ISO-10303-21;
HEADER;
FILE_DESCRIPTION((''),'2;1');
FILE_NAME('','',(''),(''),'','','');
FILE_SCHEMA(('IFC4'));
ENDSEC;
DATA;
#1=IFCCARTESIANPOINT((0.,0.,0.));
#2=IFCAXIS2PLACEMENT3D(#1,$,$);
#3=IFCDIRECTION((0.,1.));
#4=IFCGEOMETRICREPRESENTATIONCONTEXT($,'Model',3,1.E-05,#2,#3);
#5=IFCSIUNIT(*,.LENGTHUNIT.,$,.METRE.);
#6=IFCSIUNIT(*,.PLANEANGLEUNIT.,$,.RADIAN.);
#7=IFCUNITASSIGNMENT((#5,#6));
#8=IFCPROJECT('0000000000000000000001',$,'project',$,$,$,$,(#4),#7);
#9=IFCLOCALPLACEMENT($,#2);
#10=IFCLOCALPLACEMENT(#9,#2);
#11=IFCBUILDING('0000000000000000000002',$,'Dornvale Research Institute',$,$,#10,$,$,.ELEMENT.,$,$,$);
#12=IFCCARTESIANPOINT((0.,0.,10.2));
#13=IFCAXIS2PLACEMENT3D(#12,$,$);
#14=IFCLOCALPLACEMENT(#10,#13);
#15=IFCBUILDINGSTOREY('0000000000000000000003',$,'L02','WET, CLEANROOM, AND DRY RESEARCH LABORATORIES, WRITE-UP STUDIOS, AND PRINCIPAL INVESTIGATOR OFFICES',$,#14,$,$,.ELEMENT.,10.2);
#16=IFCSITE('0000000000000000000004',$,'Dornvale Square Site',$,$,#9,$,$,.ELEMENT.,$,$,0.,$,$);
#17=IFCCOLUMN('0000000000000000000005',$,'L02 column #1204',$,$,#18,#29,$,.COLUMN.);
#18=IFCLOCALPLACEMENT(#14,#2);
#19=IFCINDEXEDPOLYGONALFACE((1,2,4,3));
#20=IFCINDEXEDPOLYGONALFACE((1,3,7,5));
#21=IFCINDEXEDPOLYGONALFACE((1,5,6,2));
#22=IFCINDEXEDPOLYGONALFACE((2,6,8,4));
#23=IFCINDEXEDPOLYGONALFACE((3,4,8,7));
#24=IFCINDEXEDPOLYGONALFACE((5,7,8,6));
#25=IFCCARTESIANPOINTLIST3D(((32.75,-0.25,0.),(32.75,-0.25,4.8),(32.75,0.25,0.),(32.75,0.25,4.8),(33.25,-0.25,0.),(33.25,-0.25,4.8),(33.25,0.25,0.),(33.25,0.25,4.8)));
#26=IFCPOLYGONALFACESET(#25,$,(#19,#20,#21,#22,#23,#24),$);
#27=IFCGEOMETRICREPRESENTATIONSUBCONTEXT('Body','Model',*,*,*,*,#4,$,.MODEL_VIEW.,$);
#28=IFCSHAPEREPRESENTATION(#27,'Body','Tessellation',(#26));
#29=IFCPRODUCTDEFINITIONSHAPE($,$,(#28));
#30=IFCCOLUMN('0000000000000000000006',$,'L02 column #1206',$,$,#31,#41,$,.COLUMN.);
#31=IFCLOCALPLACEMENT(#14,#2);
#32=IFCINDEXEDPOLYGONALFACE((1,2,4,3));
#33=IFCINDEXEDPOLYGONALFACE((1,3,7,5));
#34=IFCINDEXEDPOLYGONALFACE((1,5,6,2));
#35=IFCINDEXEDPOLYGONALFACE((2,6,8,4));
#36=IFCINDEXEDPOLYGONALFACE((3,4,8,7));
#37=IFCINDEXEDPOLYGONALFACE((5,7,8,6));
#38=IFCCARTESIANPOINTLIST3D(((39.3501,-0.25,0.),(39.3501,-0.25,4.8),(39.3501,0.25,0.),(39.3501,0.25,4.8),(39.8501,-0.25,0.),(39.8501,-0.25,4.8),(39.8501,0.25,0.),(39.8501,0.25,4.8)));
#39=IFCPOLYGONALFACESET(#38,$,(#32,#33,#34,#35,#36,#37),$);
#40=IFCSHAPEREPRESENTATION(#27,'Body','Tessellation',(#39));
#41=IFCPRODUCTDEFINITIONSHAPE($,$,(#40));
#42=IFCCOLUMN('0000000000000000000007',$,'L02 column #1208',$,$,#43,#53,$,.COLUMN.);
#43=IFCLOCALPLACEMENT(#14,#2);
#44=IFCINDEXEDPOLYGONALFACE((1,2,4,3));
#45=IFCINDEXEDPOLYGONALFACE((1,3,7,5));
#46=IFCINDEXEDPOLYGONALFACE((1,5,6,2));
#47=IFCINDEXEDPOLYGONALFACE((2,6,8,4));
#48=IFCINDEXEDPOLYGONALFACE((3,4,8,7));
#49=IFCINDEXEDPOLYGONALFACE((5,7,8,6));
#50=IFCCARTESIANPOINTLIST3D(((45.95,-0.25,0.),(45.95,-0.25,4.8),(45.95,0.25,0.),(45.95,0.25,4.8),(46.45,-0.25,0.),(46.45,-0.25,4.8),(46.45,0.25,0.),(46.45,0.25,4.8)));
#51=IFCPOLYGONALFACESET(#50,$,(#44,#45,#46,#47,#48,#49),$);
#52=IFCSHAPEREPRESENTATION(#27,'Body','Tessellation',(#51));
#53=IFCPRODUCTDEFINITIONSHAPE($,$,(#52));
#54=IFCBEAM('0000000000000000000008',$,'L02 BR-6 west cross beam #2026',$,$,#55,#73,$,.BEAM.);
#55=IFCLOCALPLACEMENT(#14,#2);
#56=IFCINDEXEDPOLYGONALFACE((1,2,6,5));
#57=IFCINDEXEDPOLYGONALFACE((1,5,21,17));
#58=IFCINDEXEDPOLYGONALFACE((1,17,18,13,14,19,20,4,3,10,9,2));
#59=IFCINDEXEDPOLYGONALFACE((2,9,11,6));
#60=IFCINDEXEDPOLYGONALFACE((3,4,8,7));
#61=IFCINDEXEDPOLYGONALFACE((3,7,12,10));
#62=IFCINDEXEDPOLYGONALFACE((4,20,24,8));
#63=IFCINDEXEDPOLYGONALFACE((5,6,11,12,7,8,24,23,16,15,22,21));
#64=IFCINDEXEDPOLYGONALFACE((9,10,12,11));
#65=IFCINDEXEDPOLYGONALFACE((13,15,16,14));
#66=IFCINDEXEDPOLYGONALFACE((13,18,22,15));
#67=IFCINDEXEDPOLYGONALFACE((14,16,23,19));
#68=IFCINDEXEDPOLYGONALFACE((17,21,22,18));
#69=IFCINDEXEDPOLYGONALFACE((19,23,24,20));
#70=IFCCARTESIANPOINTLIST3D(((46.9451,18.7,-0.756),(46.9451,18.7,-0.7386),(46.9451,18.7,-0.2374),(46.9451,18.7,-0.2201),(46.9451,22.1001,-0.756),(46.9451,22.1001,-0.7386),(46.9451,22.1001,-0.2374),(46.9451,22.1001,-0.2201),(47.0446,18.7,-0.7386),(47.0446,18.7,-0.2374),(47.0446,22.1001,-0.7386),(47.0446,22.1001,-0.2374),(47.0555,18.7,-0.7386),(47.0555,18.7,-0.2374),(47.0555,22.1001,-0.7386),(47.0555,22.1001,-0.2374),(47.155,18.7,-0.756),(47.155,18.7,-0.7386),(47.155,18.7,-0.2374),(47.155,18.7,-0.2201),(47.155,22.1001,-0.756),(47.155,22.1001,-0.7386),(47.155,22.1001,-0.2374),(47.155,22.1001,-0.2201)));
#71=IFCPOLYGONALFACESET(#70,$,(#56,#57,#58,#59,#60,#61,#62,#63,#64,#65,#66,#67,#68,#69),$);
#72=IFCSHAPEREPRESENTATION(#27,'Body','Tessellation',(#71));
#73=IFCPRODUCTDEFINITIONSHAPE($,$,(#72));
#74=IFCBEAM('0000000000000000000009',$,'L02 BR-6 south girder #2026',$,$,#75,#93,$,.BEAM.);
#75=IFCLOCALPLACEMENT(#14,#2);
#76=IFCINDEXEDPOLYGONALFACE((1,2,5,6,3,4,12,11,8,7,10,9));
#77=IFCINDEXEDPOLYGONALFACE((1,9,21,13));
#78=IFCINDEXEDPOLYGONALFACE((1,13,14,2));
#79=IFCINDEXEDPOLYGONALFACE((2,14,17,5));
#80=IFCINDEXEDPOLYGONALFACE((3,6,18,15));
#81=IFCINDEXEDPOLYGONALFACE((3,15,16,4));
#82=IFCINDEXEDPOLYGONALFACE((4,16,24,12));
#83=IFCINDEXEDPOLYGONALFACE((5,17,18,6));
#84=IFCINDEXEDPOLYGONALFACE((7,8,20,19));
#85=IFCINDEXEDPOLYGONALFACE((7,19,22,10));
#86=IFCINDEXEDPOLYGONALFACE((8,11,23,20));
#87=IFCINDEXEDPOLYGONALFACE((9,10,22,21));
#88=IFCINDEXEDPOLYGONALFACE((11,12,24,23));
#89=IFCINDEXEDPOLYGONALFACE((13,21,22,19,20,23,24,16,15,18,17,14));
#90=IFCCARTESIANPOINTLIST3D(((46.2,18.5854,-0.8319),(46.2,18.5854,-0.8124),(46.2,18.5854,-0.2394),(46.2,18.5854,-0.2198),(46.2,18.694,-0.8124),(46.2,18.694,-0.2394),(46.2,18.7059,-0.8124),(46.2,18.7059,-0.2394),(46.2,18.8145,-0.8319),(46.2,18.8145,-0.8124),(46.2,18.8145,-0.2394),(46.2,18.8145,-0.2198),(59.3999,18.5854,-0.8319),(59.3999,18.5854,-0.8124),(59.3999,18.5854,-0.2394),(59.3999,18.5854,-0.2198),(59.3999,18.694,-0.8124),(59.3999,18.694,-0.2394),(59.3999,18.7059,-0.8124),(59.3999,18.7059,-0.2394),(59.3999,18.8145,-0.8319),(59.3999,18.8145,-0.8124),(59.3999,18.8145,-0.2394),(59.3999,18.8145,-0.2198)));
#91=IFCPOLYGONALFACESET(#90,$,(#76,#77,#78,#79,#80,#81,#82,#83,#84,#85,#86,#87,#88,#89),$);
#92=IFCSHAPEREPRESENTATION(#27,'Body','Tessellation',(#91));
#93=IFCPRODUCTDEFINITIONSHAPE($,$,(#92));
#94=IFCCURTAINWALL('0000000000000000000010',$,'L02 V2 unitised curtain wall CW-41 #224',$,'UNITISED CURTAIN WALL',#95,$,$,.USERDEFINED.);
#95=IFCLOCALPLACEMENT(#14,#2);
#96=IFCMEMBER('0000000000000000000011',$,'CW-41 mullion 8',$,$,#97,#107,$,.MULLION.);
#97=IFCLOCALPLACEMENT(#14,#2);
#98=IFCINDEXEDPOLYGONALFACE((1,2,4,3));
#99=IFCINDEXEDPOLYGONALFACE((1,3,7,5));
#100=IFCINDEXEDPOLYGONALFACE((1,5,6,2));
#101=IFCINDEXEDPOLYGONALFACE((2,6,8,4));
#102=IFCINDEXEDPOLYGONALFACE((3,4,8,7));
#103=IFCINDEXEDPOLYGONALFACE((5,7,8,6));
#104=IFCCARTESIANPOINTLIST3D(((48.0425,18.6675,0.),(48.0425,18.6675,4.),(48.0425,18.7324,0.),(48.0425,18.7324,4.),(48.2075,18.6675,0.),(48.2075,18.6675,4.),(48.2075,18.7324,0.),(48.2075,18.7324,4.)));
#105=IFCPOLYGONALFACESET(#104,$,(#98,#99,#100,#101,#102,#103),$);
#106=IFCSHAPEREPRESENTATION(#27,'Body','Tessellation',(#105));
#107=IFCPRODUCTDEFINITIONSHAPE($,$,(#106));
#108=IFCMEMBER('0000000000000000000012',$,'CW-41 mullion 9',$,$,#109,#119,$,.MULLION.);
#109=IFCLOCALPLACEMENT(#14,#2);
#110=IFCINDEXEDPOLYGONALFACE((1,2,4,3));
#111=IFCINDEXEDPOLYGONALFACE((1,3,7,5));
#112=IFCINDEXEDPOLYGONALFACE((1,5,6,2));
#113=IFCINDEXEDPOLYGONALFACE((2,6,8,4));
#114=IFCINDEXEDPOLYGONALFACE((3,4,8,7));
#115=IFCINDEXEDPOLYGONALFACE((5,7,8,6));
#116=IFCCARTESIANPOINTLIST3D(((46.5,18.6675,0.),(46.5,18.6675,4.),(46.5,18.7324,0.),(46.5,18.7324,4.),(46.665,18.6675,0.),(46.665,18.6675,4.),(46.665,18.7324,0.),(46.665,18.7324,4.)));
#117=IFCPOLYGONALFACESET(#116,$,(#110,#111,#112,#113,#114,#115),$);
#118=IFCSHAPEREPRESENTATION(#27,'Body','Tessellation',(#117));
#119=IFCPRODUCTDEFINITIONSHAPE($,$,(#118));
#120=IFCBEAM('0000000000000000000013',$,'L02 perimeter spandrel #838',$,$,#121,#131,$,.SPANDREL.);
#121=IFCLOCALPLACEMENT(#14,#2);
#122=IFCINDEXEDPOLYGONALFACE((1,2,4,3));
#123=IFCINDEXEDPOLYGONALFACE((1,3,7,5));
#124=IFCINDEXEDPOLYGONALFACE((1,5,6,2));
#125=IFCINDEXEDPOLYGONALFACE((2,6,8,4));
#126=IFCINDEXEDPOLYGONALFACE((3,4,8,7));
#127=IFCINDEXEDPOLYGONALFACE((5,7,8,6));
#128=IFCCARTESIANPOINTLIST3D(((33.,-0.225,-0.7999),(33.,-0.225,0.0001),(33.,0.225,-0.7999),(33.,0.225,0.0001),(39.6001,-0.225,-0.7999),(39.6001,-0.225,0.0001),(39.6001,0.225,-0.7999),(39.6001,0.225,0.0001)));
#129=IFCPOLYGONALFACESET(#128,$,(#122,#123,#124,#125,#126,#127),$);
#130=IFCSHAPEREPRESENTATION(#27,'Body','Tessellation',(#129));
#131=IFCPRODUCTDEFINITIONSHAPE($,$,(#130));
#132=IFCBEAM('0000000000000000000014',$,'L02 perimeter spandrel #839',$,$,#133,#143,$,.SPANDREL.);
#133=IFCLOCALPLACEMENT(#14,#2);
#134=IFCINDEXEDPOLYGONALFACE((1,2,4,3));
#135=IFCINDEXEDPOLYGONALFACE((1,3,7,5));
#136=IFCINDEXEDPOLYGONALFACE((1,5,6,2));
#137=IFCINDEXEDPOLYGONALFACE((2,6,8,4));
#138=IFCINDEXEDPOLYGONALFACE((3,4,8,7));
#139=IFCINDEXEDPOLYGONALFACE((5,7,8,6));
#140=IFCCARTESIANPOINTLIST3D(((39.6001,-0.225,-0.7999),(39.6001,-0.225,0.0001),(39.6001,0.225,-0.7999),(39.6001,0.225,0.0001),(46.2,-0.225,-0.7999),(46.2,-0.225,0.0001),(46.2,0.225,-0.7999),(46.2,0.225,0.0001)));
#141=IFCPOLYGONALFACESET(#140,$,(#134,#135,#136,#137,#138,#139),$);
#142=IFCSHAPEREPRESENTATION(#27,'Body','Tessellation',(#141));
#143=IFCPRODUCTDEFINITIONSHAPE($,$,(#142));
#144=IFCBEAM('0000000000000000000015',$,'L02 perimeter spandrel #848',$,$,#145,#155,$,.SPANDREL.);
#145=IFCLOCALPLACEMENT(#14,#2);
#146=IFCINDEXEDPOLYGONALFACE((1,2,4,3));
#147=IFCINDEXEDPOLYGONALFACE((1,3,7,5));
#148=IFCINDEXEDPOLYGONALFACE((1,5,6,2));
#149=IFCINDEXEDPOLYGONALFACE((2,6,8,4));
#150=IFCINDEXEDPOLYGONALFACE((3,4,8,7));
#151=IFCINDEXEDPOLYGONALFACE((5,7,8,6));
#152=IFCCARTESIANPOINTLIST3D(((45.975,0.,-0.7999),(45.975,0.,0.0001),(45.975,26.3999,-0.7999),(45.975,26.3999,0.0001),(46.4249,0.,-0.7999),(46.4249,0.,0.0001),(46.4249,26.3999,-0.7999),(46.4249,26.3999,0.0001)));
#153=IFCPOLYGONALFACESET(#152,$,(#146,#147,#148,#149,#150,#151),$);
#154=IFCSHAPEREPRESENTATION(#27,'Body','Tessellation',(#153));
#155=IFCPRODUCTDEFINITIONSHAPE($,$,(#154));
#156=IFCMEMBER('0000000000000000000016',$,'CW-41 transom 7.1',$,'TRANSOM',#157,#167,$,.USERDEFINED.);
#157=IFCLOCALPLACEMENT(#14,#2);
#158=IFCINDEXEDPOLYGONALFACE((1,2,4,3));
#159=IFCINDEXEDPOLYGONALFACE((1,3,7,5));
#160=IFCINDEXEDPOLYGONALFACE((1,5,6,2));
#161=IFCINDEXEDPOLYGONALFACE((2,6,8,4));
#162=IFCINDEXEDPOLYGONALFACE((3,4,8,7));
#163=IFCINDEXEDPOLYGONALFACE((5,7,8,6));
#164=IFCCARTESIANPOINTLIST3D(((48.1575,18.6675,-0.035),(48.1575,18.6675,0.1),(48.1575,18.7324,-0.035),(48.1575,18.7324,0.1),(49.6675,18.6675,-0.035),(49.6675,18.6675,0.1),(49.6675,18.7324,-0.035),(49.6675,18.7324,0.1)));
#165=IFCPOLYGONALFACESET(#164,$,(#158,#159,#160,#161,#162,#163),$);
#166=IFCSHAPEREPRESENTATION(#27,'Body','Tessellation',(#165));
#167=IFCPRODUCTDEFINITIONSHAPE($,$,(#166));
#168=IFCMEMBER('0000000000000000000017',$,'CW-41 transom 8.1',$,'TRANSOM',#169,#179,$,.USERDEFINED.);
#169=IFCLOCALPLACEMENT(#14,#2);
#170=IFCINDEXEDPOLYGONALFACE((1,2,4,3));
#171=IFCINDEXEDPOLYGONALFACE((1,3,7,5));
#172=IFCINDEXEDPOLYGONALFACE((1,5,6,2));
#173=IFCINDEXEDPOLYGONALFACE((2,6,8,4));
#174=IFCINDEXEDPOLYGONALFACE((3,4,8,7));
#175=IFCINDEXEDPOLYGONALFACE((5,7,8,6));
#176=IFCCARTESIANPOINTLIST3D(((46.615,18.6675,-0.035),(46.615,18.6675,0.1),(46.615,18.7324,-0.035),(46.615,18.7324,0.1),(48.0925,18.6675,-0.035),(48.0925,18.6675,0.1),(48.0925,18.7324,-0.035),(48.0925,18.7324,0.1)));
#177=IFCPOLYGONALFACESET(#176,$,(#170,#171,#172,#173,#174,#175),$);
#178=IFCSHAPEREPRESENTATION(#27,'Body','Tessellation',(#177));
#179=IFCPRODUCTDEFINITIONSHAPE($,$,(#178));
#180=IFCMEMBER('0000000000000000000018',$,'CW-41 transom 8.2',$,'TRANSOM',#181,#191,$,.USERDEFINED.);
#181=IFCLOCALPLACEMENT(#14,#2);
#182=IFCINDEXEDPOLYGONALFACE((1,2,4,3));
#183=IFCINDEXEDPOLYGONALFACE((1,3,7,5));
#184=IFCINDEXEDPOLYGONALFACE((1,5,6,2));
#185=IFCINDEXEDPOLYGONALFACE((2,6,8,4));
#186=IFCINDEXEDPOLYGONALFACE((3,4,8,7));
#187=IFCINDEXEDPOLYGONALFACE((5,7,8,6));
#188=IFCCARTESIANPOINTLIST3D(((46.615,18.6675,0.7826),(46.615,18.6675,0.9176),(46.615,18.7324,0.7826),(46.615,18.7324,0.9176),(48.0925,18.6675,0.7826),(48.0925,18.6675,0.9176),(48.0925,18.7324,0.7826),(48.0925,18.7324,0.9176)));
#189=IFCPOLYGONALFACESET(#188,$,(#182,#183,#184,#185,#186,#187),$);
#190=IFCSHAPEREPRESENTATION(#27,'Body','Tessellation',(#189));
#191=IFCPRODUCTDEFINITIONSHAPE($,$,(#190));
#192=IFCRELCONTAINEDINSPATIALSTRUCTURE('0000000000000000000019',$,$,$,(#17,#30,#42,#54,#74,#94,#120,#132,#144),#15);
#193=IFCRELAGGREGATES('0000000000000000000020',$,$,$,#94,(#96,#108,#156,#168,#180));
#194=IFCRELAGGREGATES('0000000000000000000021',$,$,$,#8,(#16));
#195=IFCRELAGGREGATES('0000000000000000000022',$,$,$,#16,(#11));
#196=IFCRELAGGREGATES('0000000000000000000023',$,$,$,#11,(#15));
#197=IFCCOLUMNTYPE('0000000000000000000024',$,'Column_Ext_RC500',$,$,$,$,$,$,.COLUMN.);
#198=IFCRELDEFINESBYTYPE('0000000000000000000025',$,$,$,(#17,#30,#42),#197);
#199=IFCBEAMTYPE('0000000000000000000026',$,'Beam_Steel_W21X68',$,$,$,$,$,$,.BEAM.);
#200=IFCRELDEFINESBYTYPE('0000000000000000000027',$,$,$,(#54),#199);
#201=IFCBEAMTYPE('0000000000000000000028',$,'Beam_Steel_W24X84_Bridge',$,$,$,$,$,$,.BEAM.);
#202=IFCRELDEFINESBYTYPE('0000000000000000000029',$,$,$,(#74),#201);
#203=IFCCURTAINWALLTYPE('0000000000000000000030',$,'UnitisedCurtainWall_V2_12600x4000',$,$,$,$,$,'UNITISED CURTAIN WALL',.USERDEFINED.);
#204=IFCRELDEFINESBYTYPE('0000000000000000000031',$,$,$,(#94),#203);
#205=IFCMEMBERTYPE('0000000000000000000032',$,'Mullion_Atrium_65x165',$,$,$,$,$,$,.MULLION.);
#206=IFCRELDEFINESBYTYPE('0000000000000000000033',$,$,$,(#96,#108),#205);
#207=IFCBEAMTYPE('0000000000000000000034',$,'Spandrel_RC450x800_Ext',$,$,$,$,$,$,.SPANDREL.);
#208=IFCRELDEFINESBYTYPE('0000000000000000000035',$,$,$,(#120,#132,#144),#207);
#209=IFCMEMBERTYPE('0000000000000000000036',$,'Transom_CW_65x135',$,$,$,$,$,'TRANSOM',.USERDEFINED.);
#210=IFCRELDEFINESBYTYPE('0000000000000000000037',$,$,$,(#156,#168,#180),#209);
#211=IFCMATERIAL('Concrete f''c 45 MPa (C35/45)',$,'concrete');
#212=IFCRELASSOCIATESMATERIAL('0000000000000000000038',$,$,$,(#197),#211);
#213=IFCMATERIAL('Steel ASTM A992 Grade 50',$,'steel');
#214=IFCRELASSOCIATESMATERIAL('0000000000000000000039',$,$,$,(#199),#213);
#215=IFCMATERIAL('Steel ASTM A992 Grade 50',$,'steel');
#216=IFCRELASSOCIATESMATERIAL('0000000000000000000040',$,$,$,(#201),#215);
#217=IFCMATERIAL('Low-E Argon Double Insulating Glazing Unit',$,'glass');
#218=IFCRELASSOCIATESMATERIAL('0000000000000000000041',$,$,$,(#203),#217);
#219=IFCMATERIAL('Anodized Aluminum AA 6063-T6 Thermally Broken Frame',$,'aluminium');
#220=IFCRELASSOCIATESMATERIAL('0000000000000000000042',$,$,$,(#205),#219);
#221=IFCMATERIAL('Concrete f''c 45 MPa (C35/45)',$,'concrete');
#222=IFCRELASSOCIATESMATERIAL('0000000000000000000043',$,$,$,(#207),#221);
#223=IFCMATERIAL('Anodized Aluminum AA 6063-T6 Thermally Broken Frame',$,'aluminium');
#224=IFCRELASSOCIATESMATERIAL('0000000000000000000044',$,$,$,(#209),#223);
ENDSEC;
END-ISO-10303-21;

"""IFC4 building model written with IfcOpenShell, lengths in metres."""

from ifc_helpers import new_model, si_unit, direction, frame, origin, origin_2d, place, context, subcontext, project, spatial, rectangle, i_section, extrude, material, material_profile, profile_set, type_object, element, aggregate, save


model = new_model("IFC4")

# Units and contexts
model_context = context("Model", 3, precision=1e-05, world=origin(), true_north=direction((0.0, 1.0)))
body_context = subcontext(model_context, "Body", "Model", "MODEL_VIEW")
ifc_project = project(units=[si_unit("LENGTHUNIT", "METRE"), si_unit("PLANEANGLEUNIT", "RADIAN")], contexts=[model_context])

# Site, building, storey
site_placement = place(None, origin())
site = spatial("IfcSite", under=ifc_project, at=site_placement, Name="Dornvale Square Site", CompositionType="ELEMENT", RefElevation=0.0)
building_placement = place(site_placement, origin())
building = spatial("IfcBuilding", under=site, at=building_placement, Name="Dornvale Research Institute", CompositionType="ELEMENT")
storey_placement = place(building_placement, frame((0.0, 0.0, 10.2)))
storey = spatial("IfcBuildingStorey", under=building, at=storey_placement, Name="L02", Description="WET, CLEANROOM, AND DRY RESEARCH LABORATORIES, WRITE-UP STUDIOS, AND PRINCIPAL INVESTIGATOR OFFICES", CompositionType="ELEMENT", Elevation=10.2)

# Columns
ifc_material_1 = material(Name="Concrete f'c 45 MPa (C35/45)", Category="concrete")
ifc_material_profile_1 = material_profile(ifc_material_1, rectangle(XDim=0.5, YDim=0.5, at=origin_2d()), Name="RC 500x500")
ifc_profile_set_1 = profile_set([ifc_material_profile_1], Name="Concrete f'c 45 MPa (C35/45)")
column_type = type_object("IfcColumnType", Name="Column_Ext_RC500", PredefinedType="COLUMN", material=ifc_profile_set_1)
for number, where, z_axis, x_axis, name in (
    (1, (33.0, 0.0, 0.0), (0.0, 0.0, 1.0), (1.0, 0.0, 0.0), "L02 column #1204"),
    (2, (39.6001, 0.0, 0.0), (0.0, 0.0, 1.0), (1.0, 0.0, 0.0), "L02 column #1206"),
    (3, (46.2, 0.0, 0.0), (0.0, 0.0, 1.0), (1.0, 0.0, 0.0), "L02 column #1208"),
):
    element("IfcColumn", number, at=place(storey_placement, frame(where, z_axis=z_axis, x_axis=x_axis)), inside=storey, type_object=column_type, Name=name, PredefinedType="COLUMN", context=body_context, shape_type="SweptSolid", body=[
        extrude(rectangle(XDim=0.5, YDim=0.5, at=origin_2d()), origin(), (0.0, 0.0, 1.0), 4.8),
    ])

# Beams
ifc_material_2 = material(Name="Steel ASTM A992 Grade 50", Category="steel")
ifc_material_profile_2 = material_profile(ifc_material_2, i_section(OverallWidth=0.21, OverallDepth=0.5359, WebThickness=0.011, FlangeThickness=0.0173, at=origin_2d()), Name="W21X68")
ifc_profile_set_2 = profile_set([ifc_material_profile_2], Name="Steel ASTM A992 Grade 50")
beam_type_1 = type_object("IfcBeamType", Name="Beam_Steel_W21X68", PredefinedType="BEAM", material=ifc_profile_set_2)
beam_1_placement = place(storey_placement, frame((47.05, 18.7, -0.488), z_axis=(0.0, 1.0, 0.0), x_axis=(-1.0, 0.0, 0.0)))
element("IfcBeam", 4, at=beam_1_placement, inside=storey, type_object=beam_type_1, Name="L02 BR-6 west cross beam #2026", PredefinedType="BEAM", context=body_context, shape_type="SweptSolid", body=[
    extrude(i_section(OverallWidth=0.21, OverallDepth=0.5359, WebThickness=0.011, FlangeThickness=0.0173, at=origin_2d()), origin(), (0.0, 0.0, 1.0), 3.4001),
])
ifc_material_3 = material(Name="Steel ASTM A992 Grade 50", Category="steel")
ifc_material_profile_3 = material_profile(ifc_material_3, i_section(OverallWidth=0.229, OverallDepth=0.6121, WebThickness=0.012, FlangeThickness=0.0195, at=origin_2d()), Name="W24X84")
ifc_profile_set_3 = profile_set([ifc_material_profile_3], Name="Steel ASTM A992 Grade 50")
beam_type_2 = type_object("IfcBeamType", Name="Beam_Steel_W24X84_Bridge", PredefinedType="BEAM", material=ifc_profile_set_3)
beam_2_placement = place(storey_placement, frame((46.2, 18.7, -0.5259), z_axis=(1.0, 0.0, 0.0), x_axis=(0.0, 1.0, 0.0)))
element("IfcBeam", 5, at=beam_2_placement, inside=storey, type_object=beam_type_2, Name="L02 BR-6 south girder #2026", PredefinedType="BEAM", context=body_context, shape_type="SweptSolid", body=[
    extrude(i_section(OverallWidth=0.229, OverallDepth=0.6121, WebThickness=0.012, FlangeThickness=0.0195, at=origin_2d()), origin(), (0.0, 0.0, 1.0), 13.2),
])

# Curtain wall, members
ifc_material_4 = material(Name="Low-E Argon Double Insulating Glazing Unit", Category="glass")
curtain_wall_type = type_object("IfcCurtainWallType", Name="UnitisedCurtainWall_V2_12600x4000", ElementType="UNITISED CURTAIN WALL", PredefinedType="USERDEFINED", material=ifc_material_4)
curtain_wall_placement = place(storey_placement, origin())
curtain_wall = element("IfcCurtainWall", 6, at=curtain_wall_placement, inside=storey, type_object=curtain_wall_type, Name="L02 V2 unitised curtain wall CW-41 #224", ObjectType="UNITISED CURTAIN WALL", PredefinedType="USERDEFINED")
ifc_material_5 = material(Name="Anodized Aluminum AA 6063-T6 Thermally Broken Frame", Category="aluminium")
ifc_material_profile_4 = material_profile(ifc_material_5, rectangle(XDim=0.0649, YDim=0.165, at=origin_2d()), Name="ALU MULLION 65x165")
ifc_profile_set_4 = profile_set([ifc_material_profile_4], Name="Anodized Aluminum AA 6063-T6 Thermally Broken Frame")
member_type_1 = type_object("IfcMemberType", Name="Mullion_Atrium_65x165", PredefinedType="MULLION", material=ifc_profile_set_4)
member_1_placement = place(storey_placement, frame((48.125, 18.7, 0.0), z_axis=(0.0, 0.0, 1.0), x_axis=(0.0, -1.0, 0.0)))
member_1 = element("IfcMember", 7, at=member_1_placement, type_object=member_type_1, Name="CW-41 mullion 8", PredefinedType="MULLION", context=body_context, shape_type="SweptSolid", body=[
    extrude(rectangle(XDim=0.0649, YDim=0.165, at=origin_2d()), origin(), (0.0, 0.0, 1.0), 4.0),
])
member_2_placement = place(storey_placement, frame((46.5825, 18.7, 0.0), z_axis=(0.0, 0.0, 1.0), x_axis=(0.0, -1.0, 0.0)))
member_2 = element("IfcMember", 8, at=member_2_placement, type_object=member_type_1, Name="CW-41 mullion 9", PredefinedType="MULLION", context=body_context, shape_type="SweptSolid", body=[
    extrude(rectangle(XDim=0.0649, YDim=0.165, at=origin_2d()), origin(), (0.0, 0.0, 1.0), 4.0),
])

# Beams
ifc_material_6 = material(Name="Concrete f'c 45 MPa (C35/45)", Category="concrete")
ifc_material_profile_5 = material_profile(ifc_material_6, rectangle(XDim=0.45, YDim=0.8, at=origin_2d()), Name="RC 450x800")
ifc_profile_set_5 = profile_set([ifc_material_profile_5], Name="Concrete f'c 45 MPa (C35/45)")
beam_type_3 = type_object("IfcBeamType", Name="Spandrel_RC450x800_Ext", PredefinedType="SPANDREL", material=ifc_profile_set_5)
beam_3_placement = place(storey_placement, frame((33.0, 0.0, -0.3999), z_axis=(1.0, 0.0, 0.0), x_axis=(0.0, 1.0, 0.0)))
element("IfcBeam", 9, at=beam_3_placement, inside=storey, type_object=beam_type_3, Name="L02 perimeter spandrel #838", PredefinedType="SPANDREL", context=body_context, shape_type="SweptSolid", body=[
    extrude(rectangle(XDim=0.45, YDim=0.8, at=origin_2d()), origin(), (0.0, 0.0, 1.0), 6.6001),
])
beam_4_placement = place(storey_placement, frame((39.6001, 0.0, -0.3999), z_axis=(1.0, 0.0, 0.0), x_axis=(0.0, 1.0, 0.0)))
element("IfcBeam", 10, at=beam_4_placement, inside=storey, type_object=beam_type_3, Name="L02 perimeter spandrel #839", PredefinedType="SPANDREL", context=body_context, shape_type="SweptSolid", body=[
    extrude(rectangle(XDim=0.45, YDim=0.8, at=origin_2d()), origin(), (0.0, 0.0, 1.0), 6.5999),
])
beam_5_placement = place(storey_placement, frame((46.2, 0.0, -0.3999), z_axis=(0.0, 1.0, 0.0), x_axis=(-1.0, 0.0, 0.0)))
element("IfcBeam", 11, at=beam_5_placement, inside=storey, type_object=beam_type_3, Name="L02 perimeter spandrel #848", PredefinedType="SPANDREL", context=body_context, shape_type="SweptSolid", body=[
    extrude(rectangle(XDim=0.45, YDim=0.8, at=origin_2d()), origin(), (0.0, 0.0, 1.0), 26.3999),
])

# Members
ifc_material_7 = material(Name="Anodized Aluminum AA 6063-T6 Thermally Broken Frame", Category="aluminium")
ifc_material_profile_6 = material_profile(ifc_material_7, rectangle(XDim=0.0649, YDim=0.135, at=origin_2d()), Name="ALU TRANSOM 65x135")
ifc_profile_set_6 = profile_set([ifc_material_profile_6], Name="Anodized Aluminum AA 6063-T6 Thermally Broken Frame")
member_type_2 = type_object("IfcMemberType", Name="Transom_CW_65x135", ElementType="TRANSOM", PredefinedType="USERDEFINED", material=ifc_profile_set_6)
member_3_placement = place(storey_placement, frame((49.6675, 18.7, 0.0325), z_axis=(-1.0, 0.0, 0.0), x_axis=(0.0, -1.0, 0.0)))
member_3 = element("IfcMember", 12, at=member_3_placement, type_object=member_type_2, Name="CW-41 transom 7.1", ObjectType="TRANSOM", PredefinedType="USERDEFINED", context=body_context, shape_type="SweptSolid", body=[
    extrude(rectangle(XDim=0.0649, YDim=0.135, at=origin_2d()), origin(), (0.0, 0.0, 1.0), 1.51),
])
member_4_placement = place(storey_placement, frame((48.0925, 18.7, 0.0325), z_axis=(-1.0, 0.0, 0.0), x_axis=(0.0, -1.0, 0.0)))
member_4 = element("IfcMember", 13, at=member_4_placement, type_object=member_type_2, Name="CW-41 transom 8.1", ObjectType="TRANSOM", PredefinedType="USERDEFINED", context=body_context, shape_type="SweptSolid", body=[
    extrude(rectangle(XDim=0.0649, YDim=0.135, at=origin_2d()), origin(), (0.0, 0.0, 1.0), 1.4775),
])
member_5_placement = place(storey_placement, frame((48.0925, 18.7, 0.8501), z_axis=(-1.0, 0.0, 0.0), x_axis=(0.0, -1.0, 0.0)))
member_5 = element("IfcMember", 14, at=member_5_placement, type_object=member_type_2, Name="CW-41 transom 8.2", ObjectType="TRANSOM", PredefinedType="USERDEFINED", context=body_context, shape_type="SweptSolid", body=[
    extrude(rectangle(XDim=0.0649, YDim=0.135, at=origin_2d()), origin(), (0.0, 0.0, 1.0), 1.4775),
])

aggregate(curtain_wall, [member_1, member_2, member_3, member_4, member_5])

save(model, "model.ifc")
